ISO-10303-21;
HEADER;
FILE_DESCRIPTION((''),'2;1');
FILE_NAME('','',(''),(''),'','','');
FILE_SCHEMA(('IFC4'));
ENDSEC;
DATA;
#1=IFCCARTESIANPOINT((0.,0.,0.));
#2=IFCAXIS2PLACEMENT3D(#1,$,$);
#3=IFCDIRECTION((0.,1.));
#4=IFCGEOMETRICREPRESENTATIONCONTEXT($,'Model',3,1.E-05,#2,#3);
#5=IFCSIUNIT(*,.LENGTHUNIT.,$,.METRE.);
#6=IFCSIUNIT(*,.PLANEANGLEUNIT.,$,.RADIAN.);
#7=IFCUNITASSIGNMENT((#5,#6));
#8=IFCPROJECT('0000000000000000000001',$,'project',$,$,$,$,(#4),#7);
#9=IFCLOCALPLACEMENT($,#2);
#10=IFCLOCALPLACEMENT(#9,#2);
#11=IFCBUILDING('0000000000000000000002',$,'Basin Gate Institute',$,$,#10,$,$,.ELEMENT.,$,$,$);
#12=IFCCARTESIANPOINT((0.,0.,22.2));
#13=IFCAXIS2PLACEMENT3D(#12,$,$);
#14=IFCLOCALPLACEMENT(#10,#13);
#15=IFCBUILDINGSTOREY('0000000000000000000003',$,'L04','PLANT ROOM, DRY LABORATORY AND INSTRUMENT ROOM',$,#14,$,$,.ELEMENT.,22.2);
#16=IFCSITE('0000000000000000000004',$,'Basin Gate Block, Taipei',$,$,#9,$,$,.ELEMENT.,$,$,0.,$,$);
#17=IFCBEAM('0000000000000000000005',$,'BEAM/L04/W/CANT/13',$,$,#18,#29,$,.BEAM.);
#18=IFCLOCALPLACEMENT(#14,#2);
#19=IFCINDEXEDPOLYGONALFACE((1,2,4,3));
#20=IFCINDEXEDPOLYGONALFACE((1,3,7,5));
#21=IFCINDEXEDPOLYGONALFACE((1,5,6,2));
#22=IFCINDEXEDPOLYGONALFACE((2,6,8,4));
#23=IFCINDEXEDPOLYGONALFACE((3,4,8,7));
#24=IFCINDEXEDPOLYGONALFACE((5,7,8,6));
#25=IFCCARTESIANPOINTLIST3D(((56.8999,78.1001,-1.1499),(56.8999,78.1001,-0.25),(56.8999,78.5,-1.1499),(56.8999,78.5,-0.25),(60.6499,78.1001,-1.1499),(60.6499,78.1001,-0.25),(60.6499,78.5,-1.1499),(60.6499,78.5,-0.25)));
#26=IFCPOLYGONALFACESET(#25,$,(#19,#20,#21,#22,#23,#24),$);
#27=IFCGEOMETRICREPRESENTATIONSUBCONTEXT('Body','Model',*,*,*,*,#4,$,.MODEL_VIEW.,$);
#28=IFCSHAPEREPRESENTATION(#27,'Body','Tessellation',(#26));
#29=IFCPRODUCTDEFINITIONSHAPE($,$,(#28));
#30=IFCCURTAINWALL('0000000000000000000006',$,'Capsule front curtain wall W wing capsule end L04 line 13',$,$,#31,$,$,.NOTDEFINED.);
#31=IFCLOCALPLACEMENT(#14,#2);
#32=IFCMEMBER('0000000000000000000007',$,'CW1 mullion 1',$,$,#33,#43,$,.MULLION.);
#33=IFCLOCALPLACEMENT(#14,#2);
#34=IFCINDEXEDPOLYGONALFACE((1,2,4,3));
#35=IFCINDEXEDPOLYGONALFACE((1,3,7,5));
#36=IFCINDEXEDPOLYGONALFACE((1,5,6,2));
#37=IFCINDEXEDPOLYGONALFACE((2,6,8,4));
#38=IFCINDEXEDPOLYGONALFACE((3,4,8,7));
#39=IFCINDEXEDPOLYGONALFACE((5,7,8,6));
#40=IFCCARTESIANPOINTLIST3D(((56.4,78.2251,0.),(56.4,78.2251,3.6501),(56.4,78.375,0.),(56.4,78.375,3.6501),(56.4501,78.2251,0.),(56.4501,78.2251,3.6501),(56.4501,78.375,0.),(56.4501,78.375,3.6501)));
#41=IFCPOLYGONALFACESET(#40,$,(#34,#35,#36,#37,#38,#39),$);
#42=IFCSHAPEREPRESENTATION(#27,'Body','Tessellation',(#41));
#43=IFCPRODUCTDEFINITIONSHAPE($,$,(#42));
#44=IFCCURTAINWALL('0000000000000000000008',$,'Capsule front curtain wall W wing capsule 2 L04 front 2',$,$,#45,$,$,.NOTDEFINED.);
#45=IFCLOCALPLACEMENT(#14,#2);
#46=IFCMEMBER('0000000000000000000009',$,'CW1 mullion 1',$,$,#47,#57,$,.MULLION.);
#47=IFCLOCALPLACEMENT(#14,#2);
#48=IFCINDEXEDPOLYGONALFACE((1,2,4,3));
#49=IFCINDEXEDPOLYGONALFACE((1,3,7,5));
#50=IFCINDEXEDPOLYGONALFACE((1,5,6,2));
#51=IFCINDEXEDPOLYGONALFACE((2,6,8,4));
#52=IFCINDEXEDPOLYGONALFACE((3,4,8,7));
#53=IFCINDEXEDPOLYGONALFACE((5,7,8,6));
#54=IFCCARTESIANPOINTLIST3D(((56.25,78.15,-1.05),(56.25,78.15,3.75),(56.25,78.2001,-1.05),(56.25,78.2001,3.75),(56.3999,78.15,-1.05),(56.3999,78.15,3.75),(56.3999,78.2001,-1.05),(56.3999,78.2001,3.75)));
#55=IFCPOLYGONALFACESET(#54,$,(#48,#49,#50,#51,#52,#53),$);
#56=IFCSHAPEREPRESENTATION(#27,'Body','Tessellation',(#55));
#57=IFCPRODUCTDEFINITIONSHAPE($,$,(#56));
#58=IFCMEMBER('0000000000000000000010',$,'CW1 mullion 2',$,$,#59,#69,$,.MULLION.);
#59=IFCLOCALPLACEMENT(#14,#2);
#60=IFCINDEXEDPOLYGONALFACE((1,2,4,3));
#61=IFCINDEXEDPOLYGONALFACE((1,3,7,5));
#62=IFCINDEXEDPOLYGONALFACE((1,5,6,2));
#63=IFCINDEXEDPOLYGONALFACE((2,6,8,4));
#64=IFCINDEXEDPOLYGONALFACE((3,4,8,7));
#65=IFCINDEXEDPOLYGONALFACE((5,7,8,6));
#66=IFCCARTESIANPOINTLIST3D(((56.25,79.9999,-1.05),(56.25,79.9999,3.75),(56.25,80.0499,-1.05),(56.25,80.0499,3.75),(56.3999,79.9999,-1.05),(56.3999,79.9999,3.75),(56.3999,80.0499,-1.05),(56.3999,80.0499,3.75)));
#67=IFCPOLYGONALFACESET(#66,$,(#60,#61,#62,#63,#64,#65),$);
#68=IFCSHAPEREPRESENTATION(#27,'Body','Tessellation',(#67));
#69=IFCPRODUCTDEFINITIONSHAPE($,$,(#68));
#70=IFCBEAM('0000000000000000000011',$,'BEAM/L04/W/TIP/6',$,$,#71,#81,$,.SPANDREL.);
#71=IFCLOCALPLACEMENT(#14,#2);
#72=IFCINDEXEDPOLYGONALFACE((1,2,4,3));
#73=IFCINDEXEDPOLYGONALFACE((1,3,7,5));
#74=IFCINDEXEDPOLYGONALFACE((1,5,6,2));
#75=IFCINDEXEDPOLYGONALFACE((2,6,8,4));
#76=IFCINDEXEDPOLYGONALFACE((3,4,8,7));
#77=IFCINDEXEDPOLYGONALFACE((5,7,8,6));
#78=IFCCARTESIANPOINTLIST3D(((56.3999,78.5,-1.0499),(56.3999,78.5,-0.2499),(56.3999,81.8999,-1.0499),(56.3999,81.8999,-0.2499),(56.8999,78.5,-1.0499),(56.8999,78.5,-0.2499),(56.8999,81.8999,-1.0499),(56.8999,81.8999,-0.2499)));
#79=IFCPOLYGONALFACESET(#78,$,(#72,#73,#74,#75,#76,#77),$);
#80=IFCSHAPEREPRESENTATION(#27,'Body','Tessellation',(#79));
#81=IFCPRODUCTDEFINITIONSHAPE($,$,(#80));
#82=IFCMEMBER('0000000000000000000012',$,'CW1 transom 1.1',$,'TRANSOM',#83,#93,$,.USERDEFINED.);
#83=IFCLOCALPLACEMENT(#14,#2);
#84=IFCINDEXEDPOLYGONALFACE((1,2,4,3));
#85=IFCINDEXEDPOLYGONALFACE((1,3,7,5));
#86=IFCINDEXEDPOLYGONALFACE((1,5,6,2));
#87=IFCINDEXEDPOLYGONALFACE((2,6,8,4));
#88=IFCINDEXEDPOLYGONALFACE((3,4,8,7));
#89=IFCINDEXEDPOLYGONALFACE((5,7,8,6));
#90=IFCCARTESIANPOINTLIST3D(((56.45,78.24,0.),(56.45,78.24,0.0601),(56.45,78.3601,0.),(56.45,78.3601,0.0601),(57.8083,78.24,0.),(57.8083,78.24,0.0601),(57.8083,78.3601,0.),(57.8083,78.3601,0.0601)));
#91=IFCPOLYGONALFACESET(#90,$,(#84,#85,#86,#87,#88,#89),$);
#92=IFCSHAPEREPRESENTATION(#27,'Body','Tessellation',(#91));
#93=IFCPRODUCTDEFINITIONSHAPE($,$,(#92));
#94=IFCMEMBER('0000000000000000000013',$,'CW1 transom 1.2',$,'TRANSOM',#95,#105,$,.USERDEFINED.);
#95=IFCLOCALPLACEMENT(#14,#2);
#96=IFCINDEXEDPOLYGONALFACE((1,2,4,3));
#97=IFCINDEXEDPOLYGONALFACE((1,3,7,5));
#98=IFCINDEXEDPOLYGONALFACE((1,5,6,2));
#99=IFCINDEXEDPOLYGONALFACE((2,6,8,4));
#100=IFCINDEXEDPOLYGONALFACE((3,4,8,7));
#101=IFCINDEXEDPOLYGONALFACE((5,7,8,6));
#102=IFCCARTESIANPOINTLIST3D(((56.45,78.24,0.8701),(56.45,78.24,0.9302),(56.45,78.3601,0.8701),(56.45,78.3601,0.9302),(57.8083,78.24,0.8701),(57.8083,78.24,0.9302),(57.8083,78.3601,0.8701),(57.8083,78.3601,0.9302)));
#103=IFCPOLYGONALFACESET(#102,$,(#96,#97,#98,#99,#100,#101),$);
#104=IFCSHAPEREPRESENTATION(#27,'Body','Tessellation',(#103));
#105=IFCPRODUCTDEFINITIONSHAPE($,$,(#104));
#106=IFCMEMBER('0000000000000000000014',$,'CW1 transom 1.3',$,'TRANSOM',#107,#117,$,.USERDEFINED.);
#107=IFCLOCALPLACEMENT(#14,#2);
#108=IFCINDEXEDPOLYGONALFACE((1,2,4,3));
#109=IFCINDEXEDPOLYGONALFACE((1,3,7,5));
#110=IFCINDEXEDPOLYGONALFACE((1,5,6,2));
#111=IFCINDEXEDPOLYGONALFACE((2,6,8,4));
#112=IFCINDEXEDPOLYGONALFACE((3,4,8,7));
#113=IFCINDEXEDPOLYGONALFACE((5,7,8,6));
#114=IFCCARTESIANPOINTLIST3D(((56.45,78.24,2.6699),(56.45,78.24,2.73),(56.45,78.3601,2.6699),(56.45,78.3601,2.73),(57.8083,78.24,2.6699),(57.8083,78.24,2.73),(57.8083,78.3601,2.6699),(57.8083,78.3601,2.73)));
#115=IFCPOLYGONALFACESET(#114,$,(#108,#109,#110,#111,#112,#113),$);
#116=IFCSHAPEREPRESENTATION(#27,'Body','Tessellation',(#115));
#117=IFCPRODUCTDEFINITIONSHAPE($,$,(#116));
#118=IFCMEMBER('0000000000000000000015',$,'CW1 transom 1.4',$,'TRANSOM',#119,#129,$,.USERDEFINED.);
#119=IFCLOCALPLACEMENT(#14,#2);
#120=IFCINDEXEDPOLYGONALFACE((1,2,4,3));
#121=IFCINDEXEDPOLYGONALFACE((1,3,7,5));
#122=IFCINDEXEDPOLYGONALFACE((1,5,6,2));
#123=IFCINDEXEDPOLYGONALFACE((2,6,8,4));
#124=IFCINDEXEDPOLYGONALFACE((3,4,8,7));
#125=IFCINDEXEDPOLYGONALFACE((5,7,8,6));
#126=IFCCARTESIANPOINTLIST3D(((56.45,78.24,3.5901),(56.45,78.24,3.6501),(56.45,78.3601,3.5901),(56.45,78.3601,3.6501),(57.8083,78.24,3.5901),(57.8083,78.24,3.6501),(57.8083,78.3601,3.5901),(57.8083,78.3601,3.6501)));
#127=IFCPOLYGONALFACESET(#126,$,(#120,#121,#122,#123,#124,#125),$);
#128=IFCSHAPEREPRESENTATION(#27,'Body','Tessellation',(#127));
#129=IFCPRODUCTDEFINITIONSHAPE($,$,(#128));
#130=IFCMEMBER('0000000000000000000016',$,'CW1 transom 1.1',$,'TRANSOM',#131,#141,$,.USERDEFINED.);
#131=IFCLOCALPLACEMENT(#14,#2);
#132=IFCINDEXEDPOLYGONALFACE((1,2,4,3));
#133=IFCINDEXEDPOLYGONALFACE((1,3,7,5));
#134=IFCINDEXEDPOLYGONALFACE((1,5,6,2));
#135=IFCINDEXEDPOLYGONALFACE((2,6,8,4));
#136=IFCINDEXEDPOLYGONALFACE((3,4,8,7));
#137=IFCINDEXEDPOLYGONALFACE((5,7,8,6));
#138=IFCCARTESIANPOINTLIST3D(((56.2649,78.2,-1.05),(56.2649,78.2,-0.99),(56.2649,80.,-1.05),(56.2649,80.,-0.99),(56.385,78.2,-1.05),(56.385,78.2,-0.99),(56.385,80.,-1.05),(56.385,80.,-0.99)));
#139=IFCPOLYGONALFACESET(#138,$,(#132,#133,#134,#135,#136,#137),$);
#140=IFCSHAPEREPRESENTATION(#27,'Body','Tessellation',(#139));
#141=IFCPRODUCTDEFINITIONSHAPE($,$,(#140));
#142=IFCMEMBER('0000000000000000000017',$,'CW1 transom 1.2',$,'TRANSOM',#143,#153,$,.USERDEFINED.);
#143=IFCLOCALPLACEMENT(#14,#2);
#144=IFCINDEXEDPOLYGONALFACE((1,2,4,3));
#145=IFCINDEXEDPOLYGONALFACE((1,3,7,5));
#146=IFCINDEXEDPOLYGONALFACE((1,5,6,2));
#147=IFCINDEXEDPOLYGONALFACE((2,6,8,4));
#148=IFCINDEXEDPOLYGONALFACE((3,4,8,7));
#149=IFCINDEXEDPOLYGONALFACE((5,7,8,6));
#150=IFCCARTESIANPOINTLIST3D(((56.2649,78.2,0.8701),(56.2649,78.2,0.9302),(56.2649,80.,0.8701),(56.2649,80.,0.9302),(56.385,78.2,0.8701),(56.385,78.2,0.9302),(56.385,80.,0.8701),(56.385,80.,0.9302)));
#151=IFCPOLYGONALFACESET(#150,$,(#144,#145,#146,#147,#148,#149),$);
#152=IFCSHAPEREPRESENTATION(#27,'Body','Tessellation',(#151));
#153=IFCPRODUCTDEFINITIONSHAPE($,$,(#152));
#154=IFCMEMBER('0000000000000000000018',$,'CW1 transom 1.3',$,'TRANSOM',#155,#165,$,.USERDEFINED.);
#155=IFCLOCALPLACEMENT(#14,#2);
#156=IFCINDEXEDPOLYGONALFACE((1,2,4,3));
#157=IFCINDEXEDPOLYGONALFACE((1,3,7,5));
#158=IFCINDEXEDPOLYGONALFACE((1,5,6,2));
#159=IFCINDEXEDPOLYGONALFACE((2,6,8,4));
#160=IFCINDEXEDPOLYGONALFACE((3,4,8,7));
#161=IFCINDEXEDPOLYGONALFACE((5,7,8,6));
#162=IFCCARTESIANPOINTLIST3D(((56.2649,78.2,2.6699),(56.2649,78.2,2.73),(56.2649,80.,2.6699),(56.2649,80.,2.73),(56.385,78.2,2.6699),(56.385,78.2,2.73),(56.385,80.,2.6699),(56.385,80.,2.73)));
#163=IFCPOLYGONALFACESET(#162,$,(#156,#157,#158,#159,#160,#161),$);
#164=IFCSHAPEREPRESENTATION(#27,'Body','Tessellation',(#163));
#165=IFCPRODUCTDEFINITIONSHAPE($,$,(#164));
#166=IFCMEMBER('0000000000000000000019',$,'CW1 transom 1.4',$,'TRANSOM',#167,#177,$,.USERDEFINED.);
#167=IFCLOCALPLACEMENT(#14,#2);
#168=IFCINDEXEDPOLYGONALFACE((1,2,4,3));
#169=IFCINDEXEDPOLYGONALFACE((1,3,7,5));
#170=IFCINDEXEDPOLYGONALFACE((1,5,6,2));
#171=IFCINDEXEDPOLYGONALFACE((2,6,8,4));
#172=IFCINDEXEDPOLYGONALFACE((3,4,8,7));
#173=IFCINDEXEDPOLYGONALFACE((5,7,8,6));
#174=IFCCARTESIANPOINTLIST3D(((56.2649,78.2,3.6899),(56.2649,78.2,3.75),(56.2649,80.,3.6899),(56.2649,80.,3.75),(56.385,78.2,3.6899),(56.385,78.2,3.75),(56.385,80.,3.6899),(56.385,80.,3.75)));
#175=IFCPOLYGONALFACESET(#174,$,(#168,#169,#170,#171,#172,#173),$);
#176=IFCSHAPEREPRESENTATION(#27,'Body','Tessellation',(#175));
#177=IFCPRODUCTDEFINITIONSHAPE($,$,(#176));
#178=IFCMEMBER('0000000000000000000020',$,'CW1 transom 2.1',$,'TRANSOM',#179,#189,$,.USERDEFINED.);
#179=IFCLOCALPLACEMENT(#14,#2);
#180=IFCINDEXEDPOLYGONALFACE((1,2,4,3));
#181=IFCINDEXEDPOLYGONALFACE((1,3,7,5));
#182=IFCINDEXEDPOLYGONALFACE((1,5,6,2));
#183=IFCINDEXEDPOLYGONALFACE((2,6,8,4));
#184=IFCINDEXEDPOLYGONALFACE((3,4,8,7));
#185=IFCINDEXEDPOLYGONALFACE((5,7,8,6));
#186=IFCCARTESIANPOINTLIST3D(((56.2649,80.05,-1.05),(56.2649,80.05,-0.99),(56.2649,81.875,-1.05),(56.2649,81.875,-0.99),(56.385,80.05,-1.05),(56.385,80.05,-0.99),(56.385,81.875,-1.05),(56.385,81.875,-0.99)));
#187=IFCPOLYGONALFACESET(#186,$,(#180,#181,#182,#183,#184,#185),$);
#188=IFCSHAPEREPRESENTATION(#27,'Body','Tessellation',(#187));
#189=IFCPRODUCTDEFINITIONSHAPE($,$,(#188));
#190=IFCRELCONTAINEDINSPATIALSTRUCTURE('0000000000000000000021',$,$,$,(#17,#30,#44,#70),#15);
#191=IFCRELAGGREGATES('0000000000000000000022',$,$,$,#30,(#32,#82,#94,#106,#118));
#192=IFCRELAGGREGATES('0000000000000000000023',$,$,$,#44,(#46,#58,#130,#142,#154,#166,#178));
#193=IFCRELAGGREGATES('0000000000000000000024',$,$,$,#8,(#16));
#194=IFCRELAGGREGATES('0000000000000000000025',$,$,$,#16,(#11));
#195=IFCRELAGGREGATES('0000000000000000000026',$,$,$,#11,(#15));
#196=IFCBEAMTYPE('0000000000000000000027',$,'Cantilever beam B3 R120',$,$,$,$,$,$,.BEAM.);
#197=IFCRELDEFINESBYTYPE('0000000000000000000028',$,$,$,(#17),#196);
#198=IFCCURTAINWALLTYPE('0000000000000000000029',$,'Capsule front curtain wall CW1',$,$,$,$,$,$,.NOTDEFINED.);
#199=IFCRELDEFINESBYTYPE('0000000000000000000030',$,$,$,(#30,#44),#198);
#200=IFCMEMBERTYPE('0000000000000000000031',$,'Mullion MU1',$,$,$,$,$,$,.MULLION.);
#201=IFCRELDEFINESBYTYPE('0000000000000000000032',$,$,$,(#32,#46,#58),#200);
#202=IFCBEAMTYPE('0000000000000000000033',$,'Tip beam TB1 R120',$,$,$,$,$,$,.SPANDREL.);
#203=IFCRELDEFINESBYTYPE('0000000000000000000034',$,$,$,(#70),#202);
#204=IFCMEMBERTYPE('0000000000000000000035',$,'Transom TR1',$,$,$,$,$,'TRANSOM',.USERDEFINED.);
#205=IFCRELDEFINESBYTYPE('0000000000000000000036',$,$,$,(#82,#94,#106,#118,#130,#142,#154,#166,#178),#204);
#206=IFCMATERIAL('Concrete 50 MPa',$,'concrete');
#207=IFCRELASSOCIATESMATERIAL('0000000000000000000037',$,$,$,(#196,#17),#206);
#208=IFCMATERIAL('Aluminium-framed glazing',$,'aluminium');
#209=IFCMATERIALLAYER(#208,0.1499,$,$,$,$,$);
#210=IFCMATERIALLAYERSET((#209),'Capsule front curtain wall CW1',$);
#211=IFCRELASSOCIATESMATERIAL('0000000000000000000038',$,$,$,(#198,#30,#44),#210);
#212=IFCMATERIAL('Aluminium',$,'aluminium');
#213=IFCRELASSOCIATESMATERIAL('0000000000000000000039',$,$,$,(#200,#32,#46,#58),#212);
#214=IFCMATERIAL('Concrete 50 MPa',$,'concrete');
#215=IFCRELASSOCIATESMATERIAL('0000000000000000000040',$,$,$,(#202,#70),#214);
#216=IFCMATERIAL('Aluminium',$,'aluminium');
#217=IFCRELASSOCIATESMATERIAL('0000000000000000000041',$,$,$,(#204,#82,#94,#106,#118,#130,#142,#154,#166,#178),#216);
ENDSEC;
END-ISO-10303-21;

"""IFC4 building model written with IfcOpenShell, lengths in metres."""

from ifc_helpers import new_model, si_unit, direction, frame, origin, origin_2d, place, context, subcontext, project, spatial, rectangle, extrude, material, layer, layer_set, material_profile, profile_set, type_object, element, aggregate, save


model = new_model("IFC4")

# Units and contexts
model_context = context("Model", 3, precision=1e-05, world=origin(), true_north=direction((0.0, 1.0)))
body_context = subcontext(model_context, "Body", "Model", "MODEL_VIEW")
ifc_project = project(units=[si_unit("LENGTHUNIT", "METRE"), si_unit("PLANEANGLEUNIT", "RADIAN")], contexts=[model_context])

# Site, building, storey
site_placement = place(None, origin())
site = spatial("IfcSite", under=ifc_project, at=site_placement, Name="Basin Gate Block, Taipei", CompositionType="ELEMENT", RefElevation=0.0)
building_placement = place(site_placement, origin())
building = spatial("IfcBuilding", under=site, at=building_placement, Name="Basin Gate Institute", CompositionType="ELEMENT")
storey_placement = place(building_placement, frame((0.0, 0.0, 22.2)))
storey = spatial("IfcBuildingStorey", under=building, at=storey_placement, Name="L04", Description="PLANT ROOM, DRY LABORATORY AND INSTRUMENT ROOM", CompositionType="ELEMENT", Elevation=22.2)

# Beam
ifc_material_1 = material(Name="Concrete 50 MPa", Category="concrete")
ifc_material_profile_1 = material_profile(ifc_material_1, rectangle(XDim=0.3999, YDim=0.8999, at=origin_2d()), Name="Cantilever beam B3 400 x 900")
ifc_profile_set_1 = profile_set([ifc_material_profile_1], Name="Concrete 50 MPa")
beam_type_1 = type_object("IfcBeamType", Name="Cantilever beam B3 R120", PredefinedType="BEAM", material=ifc_profile_set_1)
beam_1_placement = place(storey_placement, frame((56.8999, 78.3, -0.7), z_axis=(1.0, 0.0, 0.0), x_axis=(0.0, 1.0, 0.0)))
element("IfcBeam", 1, at=beam_1_placement, inside=storey, type_object=beam_type_1, material=ifc_profile_set_1, Name="BEAM/L04/W/CANT/13", PredefinedType="BEAM", context=body_context, shape_type="SweptSolid", body=[
    extrude(rectangle(XDim=0.3999, YDim=0.8999, at=origin_2d()), origin(), (0.0, 0.0, 1.0), 3.75),
])

# Curtain wall, member
ifc_material_2 = material(Name="Aluminium-framed glazing", Category="aluminium")
ifc_layer_1 = layer(ifc_material_2, 0.1499)
ifc_layer_set_1 = layer_set([ifc_layer_1], Name="Capsule front curtain wall CW1")
curtain_wall_type = type_object("IfcCurtainWallType", Name="Capsule front curtain wall CW1", PredefinedType="NOTDEFINED", material=ifc_layer_set_1)
curtain_wall_1_placement = place(storey_placement, origin())
curtain_wall_1 = element("IfcCurtainWall", 2, at=curtain_wall_1_placement, inside=storey, type_object=curtain_wall_type, material=ifc_layer_set_1, Name="Capsule front curtain wall W wing capsule end L04 line 13", PredefinedType="NOTDEFINED")
ifc_material_3 = material(Name="Aluminium", Category="aluminium")
ifc_material_profile_2 = material_profile(ifc_material_3, rectangle(XDim=0.1499, YDim=0.05, at=origin_2d()), Name="Mullion MU1 150 x 50")
ifc_profile_set_2 = profile_set([ifc_material_profile_2], Name="Aluminium")
member_type_1 = type_object("IfcMemberType", Name="Mullion MU1", PredefinedType="MULLION", material=ifc_profile_set_2)
member_1_placement = place(storey_placement, frame((56.425, 78.3, 0.0), z_axis=(0.0, 0.0, 1.0), x_axis=(0.0, 1.0, 0.0)))
member_1 = element("IfcMember", 3, at=member_1_placement, type_object=member_type_1, material=ifc_profile_set_2, Name="CW1 mullion 1", PredefinedType="MULLION", context=body_context, shape_type="SweptSolid", body=[
    extrude(rectangle(XDim=0.1499, YDim=0.05, at=origin_2d()), origin(), (0.0, 0.0, 1.0), 3.6501),
])

# Curtain wall, members
curtain_wall_2_placement = place(storey_placement, origin())
curtain_wall_2 = element("IfcCurtainWall", 4, at=curtain_wall_2_placement, inside=storey, type_object=curtain_wall_type, material=ifc_layer_set_1, Name="Capsule front curtain wall W wing capsule 2 L04 front 2", PredefinedType="NOTDEFINED")
member_2_placement = place(storey_placement, frame((56.325, 78.175, -1.05), z_axis=(0.0, 0.0, 1.0), x_axis=(-1.0, 0.0, 0.0)))
member_2 = element("IfcMember", 5, at=member_2_placement, type_object=member_type_1, material=ifc_profile_set_2, Name="CW1 mullion 1", PredefinedType="MULLION", context=body_context, shape_type="SweptSolid", body=[
    extrude(rectangle(XDim=0.1499, YDim=0.05, at=origin_2d()), origin(), (0.0, 0.0, 1.0), 4.8),
])
member_3_placement = place(storey_placement, frame((56.325, 80.0249, -1.05), z_axis=(0.0, 0.0, 1.0), x_axis=(-1.0, 0.0, 0.0)))
member_3 = element("IfcMember", 6, at=member_3_placement, type_object=member_type_1, material=ifc_profile_set_2, Name="CW1 mullion 2", PredefinedType="MULLION", context=body_context, shape_type="SweptSolid", body=[
    extrude(rectangle(XDim=0.1499, YDim=0.05, at=origin_2d()), origin(), (0.0, 0.0, 1.0), 4.8),
])

# Beam
ifc_material_4 = material(Name="Concrete 50 MPa", Category="concrete")
ifc_material_profile_3 = material_profile(ifc_material_4, rectangle(XDim=0.5, YDim=0.8, at=origin_2d()), Name="Tip beam TB1 500 x 800")
ifc_profile_set_3 = profile_set([ifc_material_profile_3], Name="Concrete 50 MPa")
beam_type_2 = type_object("IfcBeamType", Name="Tip beam TB1 R120", PredefinedType="SPANDREL", material=ifc_profile_set_3)
beam_2_placement = place(storey_placement, frame((56.6499, 78.5, -0.6499), z_axis=(0.0, 1.0, 0.0), x_axis=(-1.0, 0.0, 0.0)))
element("IfcBeam", 7, at=beam_2_placement, inside=storey, type_object=beam_type_2, material=ifc_profile_set_3, Name="BEAM/L04/W/TIP/6", PredefinedType="SPANDREL", context=body_context, shape_type="SweptSolid", body=[
    extrude(rectangle(XDim=0.5, YDim=0.8, at=origin_2d()), origin(), (0.0, 0.0, 1.0), 3.3999),
])

# Members
ifc_material_5 = material(Name="Aluminium", Category="aluminium")
ifc_material_profile_4 = material_profile(ifc_material_5, rectangle(XDim=0.1201, YDim=0.0601, at=origin_2d()), Name="Transom TR1 120 x 60")
ifc_profile_set_4 = profile_set([ifc_material_profile_4], Name="Aluminium")
member_type_2 = type_object("IfcMemberType", Name="Transom TR1", ElementType="TRANSOM", PredefinedType="USERDEFINED", material=ifc_profile_set_4)
member_4_placement = place(storey_placement, frame((56.45, 78.3, 0.03), z_axis=(1.0, 0.0, 0.0), x_axis=(0.0, 1.0, 0.0)))
member_4 = element("IfcMember", 8, at=member_4_placement, type_object=member_type_2, material=ifc_profile_set_4, Name="CW1 transom 1.1", ObjectType="TRANSOM", PredefinedType="USERDEFINED", context=body_context, shape_type="SweptSolid", body=[
    extrude(rectangle(XDim=0.1201, YDim=0.0601, at=origin_2d()), origin(), (0.0, 0.0, 1.0), 1.3584),
])
member_5_placement = place(storey_placement, frame((56.45, 78.3, 0.9001), z_axis=(1.0, 0.0, 0.0), x_axis=(0.0, 1.0, 0.0)))
member_5 = element("IfcMember", 9, at=member_5_placement, type_object=member_type_2, material=ifc_profile_set_4, Name="CW1 transom 1.2", ObjectType="TRANSOM", PredefinedType="USERDEFINED", context=body_context, shape_type="SweptSolid", body=[
    extrude(rectangle(XDim=0.1201, YDim=0.0601, at=origin_2d()), origin(), (0.0, 0.0, 1.0), 1.3584),
])
member_6_placement = place(storey_placement, frame((56.45, 78.3, 2.7), z_axis=(1.0, 0.0, 0.0), x_axis=(0.0, 1.0, 0.0)))
member_6 = element("IfcMember", 10, at=member_6_placement, type_object=member_type_2, material=ifc_profile_set_4, Name="CW1 transom 1.3", ObjectType="TRANSOM", PredefinedType="USERDEFINED", context=body_context, shape_type="SweptSolid", body=[
    extrude(rectangle(XDim=0.1201, YDim=0.0601, at=origin_2d()), origin(), (0.0, 0.0, 1.0), 1.3584),
])
member_7_placement = place(storey_placement, frame((56.45, 78.3, 3.6201), z_axis=(1.0, 0.0, 0.0), x_axis=(0.0, 1.0, 0.0)))
member_7 = element("IfcMember", 11, at=member_7_placement, type_object=member_type_2, material=ifc_profile_set_4, Name="CW1 transom 1.4", ObjectType="TRANSOM", PredefinedType="USERDEFINED", context=body_context, shape_type="SweptSolid", body=[
    extrude(rectangle(XDim=0.1201, YDim=0.0601, at=origin_2d()), origin(), (0.0, 0.0, 1.0), 1.3584),
])
member_8_placement = place(storey_placement, frame((56.325, 78.2, -1.02), z_axis=(0.0, 1.0, 0.0), x_axis=(-1.0, 0.0, 0.0)))
member_8 = element("IfcMember", 12, at=member_8_placement, type_object=member_type_2, material=ifc_profile_set_4, Name="CW1 transom 1.1", ObjectType="TRANSOM", PredefinedType="USERDEFINED", context=body_context, shape_type="SweptSolid", body=[
    extrude(rectangle(XDim=0.1201, YDim=0.0601, at=origin_2d()), origin(), (0.0, 0.0, 1.0), 1.8),
])
member_9_placement = place(storey_placement, frame((56.325, 78.2, 0.9001), z_axis=(0.0, 1.0, 0.0), x_axis=(-1.0, 0.0, 0.0)))
member_9 = element("IfcMember", 13, at=member_9_placement, type_object=member_type_2, material=ifc_profile_set_4, Name="CW1 transom 1.2", ObjectType="TRANSOM", PredefinedType="USERDEFINED", context=body_context, shape_type="SweptSolid", body=[
    extrude(rectangle(XDim=0.1201, YDim=0.0601, at=origin_2d()), origin(), (0.0, 0.0, 1.0), 1.8),
])
member_10_placement = place(storey_placement, frame((56.325, 78.2, 2.7), z_axis=(0.0, 1.0, 0.0), x_axis=(-1.0, 0.0, 0.0)))
member_10 = element("IfcMember", 14, at=member_10_placement, type_object=member_type_2, material=ifc_profile_set_4, Name="CW1 transom 1.3", ObjectType="TRANSOM", PredefinedType="USERDEFINED", context=body_context, shape_type="SweptSolid", body=[
    extrude(rectangle(XDim=0.1201, YDim=0.0601, at=origin_2d()), origin(), (0.0, 0.0, 1.0), 1.8),
])
member_11_placement = place(storey_placement, frame((56.325, 78.2, 3.72), z_axis=(0.0, 1.0, 0.0), x_axis=(-1.0, 0.0, 0.0)))
member_11 = element("IfcMember", 15, at=member_11_placement, type_object=member_type_2, material=ifc_profile_set_4, Name="CW1 transom 1.4", ObjectType="TRANSOM", PredefinedType="USERDEFINED", context=body_context, shape_type="SweptSolid", body=[
    extrude(rectangle(XDim=0.1201, YDim=0.0601, at=origin_2d()), origin(), (0.0, 0.0, 1.0), 1.8),
])
member_12_placement = place(storey_placement, frame((56.325, 80.05, -1.02), z_axis=(0.0, 1.0, 0.0), x_axis=(-1.0, 0.0, 0.0)))
member_12 = element("IfcMember", 16, at=member_12_placement, type_object=member_type_2, material=ifc_profile_set_4, Name="CW1 transom 2.1", ObjectType="TRANSOM", PredefinedType="USERDEFINED", context=body_context, shape_type="SweptSolid", body=[
    extrude(rectangle(XDim=0.1201, YDim=0.0601, at=origin_2d()), origin(), (0.0, 0.0, 1.0), 1.825),
])

aggregate(curtain_wall_1, [member_1, member_4, member_5, member_6, member_7])
aggregate(curtain_wall_2, [member_2, member_3, member_8, member_9, member_10, member_11, member_12])

save(model, "model.ifc")
